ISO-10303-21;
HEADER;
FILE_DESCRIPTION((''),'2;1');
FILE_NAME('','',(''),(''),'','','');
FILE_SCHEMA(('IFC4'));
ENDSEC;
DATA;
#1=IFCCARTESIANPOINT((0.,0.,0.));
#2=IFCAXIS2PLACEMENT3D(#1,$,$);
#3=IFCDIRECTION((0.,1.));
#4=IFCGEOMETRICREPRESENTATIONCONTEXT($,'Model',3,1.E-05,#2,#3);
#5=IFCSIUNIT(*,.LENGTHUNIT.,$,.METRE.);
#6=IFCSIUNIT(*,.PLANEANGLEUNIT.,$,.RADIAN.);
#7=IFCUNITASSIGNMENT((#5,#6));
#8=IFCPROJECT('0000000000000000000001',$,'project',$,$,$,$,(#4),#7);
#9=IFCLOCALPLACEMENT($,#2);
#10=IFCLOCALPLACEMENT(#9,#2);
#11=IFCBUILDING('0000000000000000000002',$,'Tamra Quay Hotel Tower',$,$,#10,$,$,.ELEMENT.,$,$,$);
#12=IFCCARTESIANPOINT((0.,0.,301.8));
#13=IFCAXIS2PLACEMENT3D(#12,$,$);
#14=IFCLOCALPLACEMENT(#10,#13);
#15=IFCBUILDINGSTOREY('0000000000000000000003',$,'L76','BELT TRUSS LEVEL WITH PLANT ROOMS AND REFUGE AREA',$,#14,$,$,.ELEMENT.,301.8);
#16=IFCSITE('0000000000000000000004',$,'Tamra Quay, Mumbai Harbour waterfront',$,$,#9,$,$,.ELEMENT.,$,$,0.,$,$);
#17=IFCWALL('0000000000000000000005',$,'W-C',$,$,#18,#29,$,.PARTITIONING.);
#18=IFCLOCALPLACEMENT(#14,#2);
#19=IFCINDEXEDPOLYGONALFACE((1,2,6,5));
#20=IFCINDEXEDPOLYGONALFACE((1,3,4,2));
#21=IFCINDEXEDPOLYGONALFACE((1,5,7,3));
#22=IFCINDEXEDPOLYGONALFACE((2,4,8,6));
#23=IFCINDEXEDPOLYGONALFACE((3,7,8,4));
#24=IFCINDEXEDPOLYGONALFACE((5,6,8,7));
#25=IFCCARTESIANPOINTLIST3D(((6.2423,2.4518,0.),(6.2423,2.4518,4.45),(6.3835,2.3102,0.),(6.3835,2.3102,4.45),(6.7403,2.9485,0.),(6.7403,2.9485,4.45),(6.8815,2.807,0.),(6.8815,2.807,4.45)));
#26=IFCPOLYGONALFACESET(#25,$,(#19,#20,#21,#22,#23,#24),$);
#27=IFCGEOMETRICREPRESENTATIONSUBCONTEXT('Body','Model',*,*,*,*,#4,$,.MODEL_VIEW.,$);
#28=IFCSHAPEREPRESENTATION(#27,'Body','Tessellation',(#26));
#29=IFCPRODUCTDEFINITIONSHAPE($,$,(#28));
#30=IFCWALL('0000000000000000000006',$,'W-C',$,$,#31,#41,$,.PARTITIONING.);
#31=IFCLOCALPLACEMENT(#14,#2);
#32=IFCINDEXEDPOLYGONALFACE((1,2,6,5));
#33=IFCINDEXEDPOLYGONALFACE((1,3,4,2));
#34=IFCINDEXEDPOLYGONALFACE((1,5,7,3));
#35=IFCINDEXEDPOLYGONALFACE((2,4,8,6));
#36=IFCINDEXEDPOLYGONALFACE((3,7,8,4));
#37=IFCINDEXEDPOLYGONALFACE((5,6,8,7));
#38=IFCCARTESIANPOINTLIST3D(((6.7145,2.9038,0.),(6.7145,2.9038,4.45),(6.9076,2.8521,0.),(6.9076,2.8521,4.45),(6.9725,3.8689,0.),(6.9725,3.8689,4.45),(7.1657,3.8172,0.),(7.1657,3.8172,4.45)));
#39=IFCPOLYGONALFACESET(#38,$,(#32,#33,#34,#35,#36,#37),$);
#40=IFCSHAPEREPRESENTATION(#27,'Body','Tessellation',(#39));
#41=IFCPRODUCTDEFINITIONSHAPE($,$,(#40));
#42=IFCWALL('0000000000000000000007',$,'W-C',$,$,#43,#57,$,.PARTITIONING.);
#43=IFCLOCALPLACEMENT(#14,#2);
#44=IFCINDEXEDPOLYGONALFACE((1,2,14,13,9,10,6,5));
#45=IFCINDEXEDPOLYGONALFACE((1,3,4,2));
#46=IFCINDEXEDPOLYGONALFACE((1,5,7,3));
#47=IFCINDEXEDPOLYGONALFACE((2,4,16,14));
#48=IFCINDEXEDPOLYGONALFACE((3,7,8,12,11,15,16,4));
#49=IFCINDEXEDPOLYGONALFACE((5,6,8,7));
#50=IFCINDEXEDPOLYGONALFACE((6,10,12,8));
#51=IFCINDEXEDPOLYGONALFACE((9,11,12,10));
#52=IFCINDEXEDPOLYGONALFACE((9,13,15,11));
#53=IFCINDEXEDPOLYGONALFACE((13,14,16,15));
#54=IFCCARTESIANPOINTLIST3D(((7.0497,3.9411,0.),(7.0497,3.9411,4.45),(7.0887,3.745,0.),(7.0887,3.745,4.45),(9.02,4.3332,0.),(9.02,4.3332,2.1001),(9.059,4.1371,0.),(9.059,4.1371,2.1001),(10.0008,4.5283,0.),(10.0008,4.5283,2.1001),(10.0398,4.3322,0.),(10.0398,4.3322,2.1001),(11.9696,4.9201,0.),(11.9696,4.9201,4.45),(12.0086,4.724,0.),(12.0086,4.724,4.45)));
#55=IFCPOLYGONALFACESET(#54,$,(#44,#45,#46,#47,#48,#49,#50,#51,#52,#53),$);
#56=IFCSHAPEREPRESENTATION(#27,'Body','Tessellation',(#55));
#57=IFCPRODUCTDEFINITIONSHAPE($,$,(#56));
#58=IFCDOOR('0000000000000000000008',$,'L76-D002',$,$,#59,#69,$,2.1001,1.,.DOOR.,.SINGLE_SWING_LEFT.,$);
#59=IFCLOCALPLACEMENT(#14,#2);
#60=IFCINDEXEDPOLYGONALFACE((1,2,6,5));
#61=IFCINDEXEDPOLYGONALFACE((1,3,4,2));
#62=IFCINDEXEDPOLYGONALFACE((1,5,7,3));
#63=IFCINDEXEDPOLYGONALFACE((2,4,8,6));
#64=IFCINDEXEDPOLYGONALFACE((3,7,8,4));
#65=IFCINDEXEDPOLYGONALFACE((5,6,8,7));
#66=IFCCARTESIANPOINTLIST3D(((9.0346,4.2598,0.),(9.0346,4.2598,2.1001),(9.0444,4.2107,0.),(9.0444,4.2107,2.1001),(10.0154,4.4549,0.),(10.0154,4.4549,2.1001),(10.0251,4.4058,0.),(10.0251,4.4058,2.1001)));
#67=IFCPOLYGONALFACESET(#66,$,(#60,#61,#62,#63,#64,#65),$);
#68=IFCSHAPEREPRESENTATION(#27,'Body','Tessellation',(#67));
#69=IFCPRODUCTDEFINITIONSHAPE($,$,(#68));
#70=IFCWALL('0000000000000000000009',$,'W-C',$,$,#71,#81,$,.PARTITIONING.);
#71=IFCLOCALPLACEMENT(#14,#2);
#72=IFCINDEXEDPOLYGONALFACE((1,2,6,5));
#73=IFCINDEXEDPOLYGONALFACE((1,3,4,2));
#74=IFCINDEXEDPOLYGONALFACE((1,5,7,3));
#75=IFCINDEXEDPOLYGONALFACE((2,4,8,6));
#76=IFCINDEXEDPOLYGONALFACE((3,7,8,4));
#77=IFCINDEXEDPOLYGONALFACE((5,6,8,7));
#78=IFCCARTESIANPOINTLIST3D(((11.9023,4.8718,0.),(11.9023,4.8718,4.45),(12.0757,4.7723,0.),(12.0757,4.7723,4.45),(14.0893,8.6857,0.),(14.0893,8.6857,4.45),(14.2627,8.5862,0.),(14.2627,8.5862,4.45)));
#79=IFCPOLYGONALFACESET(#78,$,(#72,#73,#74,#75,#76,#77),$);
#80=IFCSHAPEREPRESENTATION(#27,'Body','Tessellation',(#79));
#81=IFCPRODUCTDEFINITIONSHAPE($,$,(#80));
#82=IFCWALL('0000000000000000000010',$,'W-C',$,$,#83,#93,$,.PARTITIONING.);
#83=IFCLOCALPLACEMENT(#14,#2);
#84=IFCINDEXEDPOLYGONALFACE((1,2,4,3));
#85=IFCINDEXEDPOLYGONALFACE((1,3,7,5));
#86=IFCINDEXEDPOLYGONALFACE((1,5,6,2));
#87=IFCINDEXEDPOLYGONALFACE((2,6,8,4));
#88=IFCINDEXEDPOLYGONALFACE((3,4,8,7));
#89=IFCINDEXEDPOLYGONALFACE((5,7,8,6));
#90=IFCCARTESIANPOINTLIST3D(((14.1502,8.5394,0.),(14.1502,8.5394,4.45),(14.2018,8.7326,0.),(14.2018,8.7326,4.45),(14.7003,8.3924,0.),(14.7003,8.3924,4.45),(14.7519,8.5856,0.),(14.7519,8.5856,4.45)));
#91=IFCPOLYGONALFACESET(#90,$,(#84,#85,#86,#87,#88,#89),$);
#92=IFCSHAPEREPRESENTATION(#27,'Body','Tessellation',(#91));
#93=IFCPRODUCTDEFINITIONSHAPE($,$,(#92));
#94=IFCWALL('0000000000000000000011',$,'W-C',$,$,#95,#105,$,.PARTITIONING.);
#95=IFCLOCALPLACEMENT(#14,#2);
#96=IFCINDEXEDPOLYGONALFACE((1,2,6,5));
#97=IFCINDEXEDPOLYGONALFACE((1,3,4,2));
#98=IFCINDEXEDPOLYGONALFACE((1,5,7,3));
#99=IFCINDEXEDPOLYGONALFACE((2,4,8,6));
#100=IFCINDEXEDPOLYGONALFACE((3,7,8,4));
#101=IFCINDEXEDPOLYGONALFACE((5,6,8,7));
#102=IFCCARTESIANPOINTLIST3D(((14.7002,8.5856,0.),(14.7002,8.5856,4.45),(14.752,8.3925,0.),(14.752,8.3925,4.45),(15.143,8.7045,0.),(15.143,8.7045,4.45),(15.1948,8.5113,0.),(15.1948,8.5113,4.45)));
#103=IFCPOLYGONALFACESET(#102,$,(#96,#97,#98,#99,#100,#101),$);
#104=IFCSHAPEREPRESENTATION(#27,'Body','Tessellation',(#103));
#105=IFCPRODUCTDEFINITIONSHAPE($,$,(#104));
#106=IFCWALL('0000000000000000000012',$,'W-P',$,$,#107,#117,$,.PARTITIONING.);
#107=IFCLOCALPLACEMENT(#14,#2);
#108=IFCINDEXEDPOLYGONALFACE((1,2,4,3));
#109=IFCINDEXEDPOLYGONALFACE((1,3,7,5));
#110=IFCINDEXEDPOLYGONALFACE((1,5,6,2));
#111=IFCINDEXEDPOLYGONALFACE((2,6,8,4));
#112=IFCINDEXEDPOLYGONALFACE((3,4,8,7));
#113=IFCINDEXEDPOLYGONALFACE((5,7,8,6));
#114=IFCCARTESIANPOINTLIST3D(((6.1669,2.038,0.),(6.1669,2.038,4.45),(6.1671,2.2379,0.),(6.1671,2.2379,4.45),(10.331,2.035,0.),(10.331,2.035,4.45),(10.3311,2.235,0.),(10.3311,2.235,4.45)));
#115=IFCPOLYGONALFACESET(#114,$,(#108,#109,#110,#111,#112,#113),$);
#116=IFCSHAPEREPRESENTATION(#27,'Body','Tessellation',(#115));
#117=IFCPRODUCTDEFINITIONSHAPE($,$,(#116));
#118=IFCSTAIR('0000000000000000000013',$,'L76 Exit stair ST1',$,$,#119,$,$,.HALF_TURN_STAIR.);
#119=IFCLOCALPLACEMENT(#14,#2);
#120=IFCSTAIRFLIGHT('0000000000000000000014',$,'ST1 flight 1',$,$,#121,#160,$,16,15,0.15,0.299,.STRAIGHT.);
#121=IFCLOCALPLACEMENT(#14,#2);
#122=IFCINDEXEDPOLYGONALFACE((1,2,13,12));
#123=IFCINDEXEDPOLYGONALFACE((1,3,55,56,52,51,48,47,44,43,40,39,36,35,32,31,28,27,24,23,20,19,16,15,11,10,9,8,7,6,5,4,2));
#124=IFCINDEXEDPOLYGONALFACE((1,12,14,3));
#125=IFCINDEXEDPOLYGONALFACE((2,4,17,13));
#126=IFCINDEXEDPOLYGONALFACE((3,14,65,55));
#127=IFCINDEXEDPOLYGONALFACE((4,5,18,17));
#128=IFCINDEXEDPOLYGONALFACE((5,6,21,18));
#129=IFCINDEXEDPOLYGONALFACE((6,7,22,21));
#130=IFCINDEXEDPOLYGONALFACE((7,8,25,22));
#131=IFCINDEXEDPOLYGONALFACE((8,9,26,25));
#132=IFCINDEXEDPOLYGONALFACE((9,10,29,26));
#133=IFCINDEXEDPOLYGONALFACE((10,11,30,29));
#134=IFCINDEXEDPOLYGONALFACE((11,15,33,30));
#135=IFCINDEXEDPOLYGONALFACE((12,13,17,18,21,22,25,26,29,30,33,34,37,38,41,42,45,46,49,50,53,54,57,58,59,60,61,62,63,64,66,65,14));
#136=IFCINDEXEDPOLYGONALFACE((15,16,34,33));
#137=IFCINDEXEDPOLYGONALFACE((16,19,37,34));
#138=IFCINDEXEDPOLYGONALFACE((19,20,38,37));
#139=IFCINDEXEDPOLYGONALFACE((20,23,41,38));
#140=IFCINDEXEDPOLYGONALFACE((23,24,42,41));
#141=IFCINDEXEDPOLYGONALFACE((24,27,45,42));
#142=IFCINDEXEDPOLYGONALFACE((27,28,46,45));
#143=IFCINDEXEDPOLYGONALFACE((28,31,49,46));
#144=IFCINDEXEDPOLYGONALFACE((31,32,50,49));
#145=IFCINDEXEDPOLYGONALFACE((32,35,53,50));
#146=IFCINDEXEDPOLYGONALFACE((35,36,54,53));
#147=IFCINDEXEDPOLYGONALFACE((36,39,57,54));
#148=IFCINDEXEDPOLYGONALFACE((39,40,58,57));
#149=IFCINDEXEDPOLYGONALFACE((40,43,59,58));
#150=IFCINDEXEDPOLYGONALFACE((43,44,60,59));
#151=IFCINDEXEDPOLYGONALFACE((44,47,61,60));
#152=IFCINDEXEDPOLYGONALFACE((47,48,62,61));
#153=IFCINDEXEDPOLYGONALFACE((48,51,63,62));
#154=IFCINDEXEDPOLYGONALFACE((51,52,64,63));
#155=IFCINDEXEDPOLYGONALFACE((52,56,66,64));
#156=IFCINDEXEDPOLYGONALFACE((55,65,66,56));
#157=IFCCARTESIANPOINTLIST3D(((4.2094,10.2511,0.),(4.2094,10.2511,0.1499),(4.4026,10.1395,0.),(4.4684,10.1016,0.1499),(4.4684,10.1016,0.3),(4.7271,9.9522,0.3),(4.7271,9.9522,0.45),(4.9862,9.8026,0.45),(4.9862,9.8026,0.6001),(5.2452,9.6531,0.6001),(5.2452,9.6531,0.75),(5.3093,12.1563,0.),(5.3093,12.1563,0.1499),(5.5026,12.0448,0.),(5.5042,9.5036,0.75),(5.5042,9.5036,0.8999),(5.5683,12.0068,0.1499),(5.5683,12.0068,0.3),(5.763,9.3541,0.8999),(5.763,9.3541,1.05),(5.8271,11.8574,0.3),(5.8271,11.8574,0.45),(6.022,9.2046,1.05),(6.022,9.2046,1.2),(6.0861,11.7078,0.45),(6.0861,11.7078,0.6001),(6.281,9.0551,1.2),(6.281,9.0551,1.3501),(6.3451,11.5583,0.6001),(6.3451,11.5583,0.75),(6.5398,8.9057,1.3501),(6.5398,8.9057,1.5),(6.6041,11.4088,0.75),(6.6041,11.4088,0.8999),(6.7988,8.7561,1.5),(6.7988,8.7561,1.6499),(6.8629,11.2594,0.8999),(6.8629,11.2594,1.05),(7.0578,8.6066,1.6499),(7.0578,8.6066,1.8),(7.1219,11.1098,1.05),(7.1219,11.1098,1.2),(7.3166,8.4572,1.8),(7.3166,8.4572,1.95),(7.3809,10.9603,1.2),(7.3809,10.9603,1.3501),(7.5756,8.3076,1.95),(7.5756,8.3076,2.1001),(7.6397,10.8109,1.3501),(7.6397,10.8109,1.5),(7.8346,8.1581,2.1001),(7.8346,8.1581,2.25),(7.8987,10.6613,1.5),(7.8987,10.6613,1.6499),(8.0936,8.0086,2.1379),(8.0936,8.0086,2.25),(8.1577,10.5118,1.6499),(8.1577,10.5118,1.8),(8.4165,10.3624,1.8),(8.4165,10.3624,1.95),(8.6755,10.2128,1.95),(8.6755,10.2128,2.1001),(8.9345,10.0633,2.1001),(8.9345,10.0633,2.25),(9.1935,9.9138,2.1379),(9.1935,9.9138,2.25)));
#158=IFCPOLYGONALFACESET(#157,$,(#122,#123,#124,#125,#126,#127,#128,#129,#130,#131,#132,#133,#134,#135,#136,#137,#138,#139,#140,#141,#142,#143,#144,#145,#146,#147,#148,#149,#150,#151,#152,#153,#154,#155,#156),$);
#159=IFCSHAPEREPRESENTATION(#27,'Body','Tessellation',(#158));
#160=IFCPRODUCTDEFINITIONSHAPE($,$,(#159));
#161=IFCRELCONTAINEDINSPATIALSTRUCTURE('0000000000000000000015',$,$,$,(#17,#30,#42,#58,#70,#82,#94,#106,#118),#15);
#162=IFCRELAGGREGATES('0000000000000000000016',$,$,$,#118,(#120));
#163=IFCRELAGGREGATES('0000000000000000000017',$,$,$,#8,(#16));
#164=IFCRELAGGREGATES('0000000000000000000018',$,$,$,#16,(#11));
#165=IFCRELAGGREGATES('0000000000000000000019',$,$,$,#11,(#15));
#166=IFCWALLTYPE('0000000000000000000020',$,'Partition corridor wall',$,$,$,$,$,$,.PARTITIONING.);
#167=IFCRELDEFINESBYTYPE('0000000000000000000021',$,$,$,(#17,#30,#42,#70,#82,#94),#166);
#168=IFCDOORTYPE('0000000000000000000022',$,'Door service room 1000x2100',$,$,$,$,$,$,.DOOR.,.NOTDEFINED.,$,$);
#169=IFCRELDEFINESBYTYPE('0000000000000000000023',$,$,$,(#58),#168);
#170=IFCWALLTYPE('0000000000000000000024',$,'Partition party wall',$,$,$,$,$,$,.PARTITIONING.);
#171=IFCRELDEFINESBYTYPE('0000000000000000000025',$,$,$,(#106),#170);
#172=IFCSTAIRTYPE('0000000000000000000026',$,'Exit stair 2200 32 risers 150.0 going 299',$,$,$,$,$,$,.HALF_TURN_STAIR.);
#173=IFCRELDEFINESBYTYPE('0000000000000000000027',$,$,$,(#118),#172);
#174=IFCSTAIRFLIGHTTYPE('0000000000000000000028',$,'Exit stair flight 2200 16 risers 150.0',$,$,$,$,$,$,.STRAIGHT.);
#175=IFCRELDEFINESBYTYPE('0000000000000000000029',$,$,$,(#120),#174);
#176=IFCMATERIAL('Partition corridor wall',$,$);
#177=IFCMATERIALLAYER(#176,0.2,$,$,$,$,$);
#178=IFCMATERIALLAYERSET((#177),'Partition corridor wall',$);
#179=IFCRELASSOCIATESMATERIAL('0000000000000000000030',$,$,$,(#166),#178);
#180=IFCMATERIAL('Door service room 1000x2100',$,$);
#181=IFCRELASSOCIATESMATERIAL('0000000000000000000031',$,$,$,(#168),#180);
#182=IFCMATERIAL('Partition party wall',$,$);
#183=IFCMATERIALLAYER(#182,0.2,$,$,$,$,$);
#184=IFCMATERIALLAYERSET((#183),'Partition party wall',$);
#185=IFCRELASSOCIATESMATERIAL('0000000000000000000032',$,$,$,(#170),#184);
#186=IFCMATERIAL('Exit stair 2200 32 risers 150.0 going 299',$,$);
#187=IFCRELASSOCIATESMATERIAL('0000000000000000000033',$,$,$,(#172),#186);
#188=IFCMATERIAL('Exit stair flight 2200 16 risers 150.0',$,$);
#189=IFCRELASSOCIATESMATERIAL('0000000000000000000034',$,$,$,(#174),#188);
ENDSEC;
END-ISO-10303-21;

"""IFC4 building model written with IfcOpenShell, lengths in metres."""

from ifc_helpers import new_model, si_unit, direction, frame, frame_2d, origin, place, context, subcontext, project, spatial, polyline, rectangle, outline, extrude, material, layer, layer_set, type_object, element, fill, aggregate, save


model = new_model("IFC4")

# Units and contexts
model_context = context("Model", 3, precision=1e-05, world=origin(), true_north=direction((0.0, 1.0)))
body_context = subcontext(model_context, "Body", "Model", "MODEL_VIEW")
ifc_project = project(units=[si_unit("LENGTHUNIT", "METRE"), si_unit("PLANEANGLEUNIT", "RADIAN")], contexts=[model_context])

# Site, building, storey
site_placement = place(None, origin())
site = spatial("IfcSite", under=ifc_project, at=site_placement, Name="Tamra Quay, Mumbai Harbour waterfront", CompositionType="ELEMENT", RefElevation=0.0)
building_placement = place(site_placement, origin())
building = spatial("IfcBuilding", under=site, at=building_placement, Name="Tamra Quay Hotel Tower", CompositionType="ELEMENT")
storey_placement = place(building_placement, frame((0.0, 0.0, 301.8)))
storey = spatial("IfcBuildingStorey", under=building, at=storey_placement, Name="L76", Description="BELT TRUSS LEVEL WITH PLANT ROOMS AND REFUGE AREA", CompositionType="ELEMENT", Elevation=301.8)

# Walls
ifc_material_1 = material(Name="Partition corridor wall")
ifc_layer_1 = layer(ifc_material_1, 0.2)
ifc_layer_set_1 = layer_set([ifc_layer_1], Name="Partition corridor wall")
wall_type_1 = type_object("IfcWallType", Name="Partition corridor wall", PredefinedType="PARTITIONING", material=ifc_layer_set_1)
wall_1_placement = place(storey_placement, frame((6.313, 2.3811, 0.0), z_axis=(0.0, 0.0, 1.0), x_axis=(0.707974, 0.706239, 0.0)))
element("IfcWall", 1, at=wall_1_placement, inside=storey, type_object=wall_type_1, Name="W-C", PredefinedType="PARTITIONING", context=body_context, shape_type="SweptSolid", body=[
    extrude(rectangle(XDim=0.7034, YDim=0.2, at=frame_2d((0.3516, 0.0))), origin(), (0.0, 0.0, 1.0), 4.45),
])
wall_2_placement = place(storey_placement, frame((6.811, 2.8779, 0.0), z_axis=(0.0, 0.0, 1.0), x_axis=(0.258317, 0.96606, 0.0)))
element("IfcWall", 2, at=wall_2_placement, inside=storey, type_object=wall_type_1, Name="W-C", PredefinedType="PARTITIONING", context=body_context, shape_type="SweptSolid", body=[
    extrude(rectangle(XDim=0.999, YDim=0.2, at=frame_2d((0.4995, 0.0))), origin(), (0.0, 0.0, 1.0), 4.45),
])

# Wall, opening, door
wall_3_placement = place(storey_placement, frame((7.0691, 3.843, 0.0), z_axis=(0.0, 0.0, 1.0), x_axis=(0.980771, 0.195161, 0.0)))
wall_3 = element("IfcWall", 3, at=wall_3_placement, inside=storey, type_object=wall_type_1, Name="W-C", PredefinedType="PARTITIONING", context=body_context, shape_type="SweptSolid", body=[
    extrude(rectangle(XDim=5.0164, YDim=0.2, at=frame_2d((2.5083, 0.0))), origin(), (0.0, 0.0, 1.0), 4.45),
])
opening_1_placement = place(wall_3_placement, frame((2.009, 0.0, 0.0)))
opening_1 = element("IfcOpeningElement", 4, at=opening_1_placement, cuts=wall_3, PredefinedType="OPENING", context=body_context, shape_type="SweptSolid", body=[
    extrude(rectangle(XDim=1.0, YDim=2.1001, at=frame_2d((0.5, 1.05))), frame((0.0, 0.1099, 0.0), z_axis=(0.0, -1.0, 0.0), x_axis=(1.0, 0.0, 0.0)), (0.0, 0.0, 1.0), 0.22),
])
ifc_material_2 = material(Name="Door service room 1000x2100")
door_type_1 = type_object("IfcDoorType", Name="Door service room 1000x2100", OperationType="NOTDEFINED", PredefinedType="DOOR", material=ifc_material_2)
door_1_placement = place(opening_1_placement, frame((1.0, 0.0, 0.0), z_axis=(0.0, 0.0, 1.0), x_axis=(-1.0, 0.0, 0.0)))
door_1 = element("IfcDoor", 5, at=door_1_placement, inside=storey, type_object=door_type_1, Name="L76-D002", OperationType="SINGLE_SWING_LEFT", OverallHeight=2.1001, OverallWidth=1.0, PredefinedType="DOOR", context=body_context, shape_type="SweptSolid", body=[
    extrude(rectangle(XDim=1.0, YDim=2.1001, at=frame_2d((0.5, 1.05))), frame((0.0, 0.0249, 0.0), z_axis=(0.0, -1.0, 0.0), x_axis=(1.0, 0.0, 0.0)), (0.0, 0.0, 1.0), 0.05),
])
fill(opening_1, door_1)

# Walls
wall_4_placement = place(storey_placement, frame((11.989, 4.822, 0.0), z_axis=(0.0, 0.0, 1.0), x_axis=(0.497442, 0.867497, 0.0)))
element("IfcWall", 6, at=wall_4_placement, inside=storey, type_object=wall_type_1, Name="W-C", PredefinedType="PARTITIONING", context=body_context, shape_type="SweptSolid", body=[
    extrude(rectangle(XDim=4.3965, YDim=0.2, at=frame_2d((2.1982, 0.0))), origin(), (0.0, 0.0, 1.0), 4.45),
])
wall_5_placement = place(storey_placement, frame((14.176, 8.636, 0.0), z_axis=(0.0, 0.0, 1.0), x_axis=(0.966107, -0.258143, 0.0)))
element("IfcWall", 7, at=wall_5_placement, inside=storey, type_object=wall_type_1, Name="W-C", PredefinedType="PARTITIONING", context=body_context, shape_type="SweptSolid", body=[
    extrude(rectangle(XDim=0.5693, YDim=0.2, at=frame_2d((0.2847, 0.0))), origin(), (0.0, 0.0, 1.0), 4.45),
])
wall_6_placement = place(storey_placement, frame((14.7261, 8.489, 0.0), z_axis=(0.0, 0.0, 1.0), x_axis=(0.965801, 0.259286, 0.0)))
element("IfcWall", 8, at=wall_6_placement, inside=storey, type_object=wall_type_1, Name="W-C", PredefinedType="PARTITIONING", context=body_context, shape_type="SweptSolid", body=[
    extrude(rectangle(XDim=0.4585, YDim=0.2, at=frame_2d((0.2292, 0.0))), origin(), (0.0, 0.0, 1.0), 4.45),
])
ifc_material_3 = material(Name="Partition party wall")
ifc_layer_2 = layer(ifc_material_3, 0.2)
ifc_layer_set_2 = layer_set([ifc_layer_2], Name="Partition party wall")
wall_type_2 = type_object("IfcWallType", Name="Partition party wall", PredefinedType="PARTITIONING", material=ifc_layer_set_2)
wall_7_placement = place(storey_placement, frame((6.167, 2.1379, 0.0), z_axis=(0.0, 0.0, 1.0), x_axis=(1.0, -0.000704, 0.0)))
element("IfcWall", 9, at=wall_7_placement, inside=storey, type_object=wall_type_2, Name="W-P", PredefinedType="PARTITIONING", context=body_context, shape_type="SweptSolid", body=[
    extrude(rectangle(XDim=4.1641, YDim=0.2, at=frame_2d((2.082, 0.0))), origin(), (0.0, 0.0, 1.0), 4.45),
])

# Stair, stair flight
ifc_material_4 = material(Name="Exit stair 2200 32 risers 150.0 going 299")
stair_type = type_object("IfcStairType", Name="Exit stair 2200 32 risers 150.0 going 299", PredefinedType="HALF_TURN_STAIR", material=ifc_material_4)
stair_placement = place(storey_placement, origin())
stair = element("IfcStair", 10, at=stair_placement, inside=storey, type_object=stair_type, Name="L76 Exit stair ST1", PredefinedType="HALF_TURN_STAIR")
ifc_material_5 = material(Name="Exit stair flight 2200 16 risers 150.0")
stair_flight_type = type_object("IfcStairFlightType", Name="Exit stair flight 2200 16 risers 150.0", PredefinedType="STRAIGHT", material=ifc_material_5)
stair_flight_1_placement = place(storey_placement, frame((4.7593, 11.2036, 0.0), z_axis=(0.0, 0.0, 1.0), x_axis=(0.866025, -0.5, 0.0)))
stair_flight_1 = element("IfcStairFlight", 11, at=stair_flight_1_placement, type_object=stair_flight_type, Name="ST1 flight 1", NumberOfRisers=16, NumberOfTreads=15, PredefinedType="STRAIGHT", RiserHeight=0.15, TreadLength=0.299, context=body_context, shape_type="SweptSolid", body=[
    extrude(outline(polyline([(0.0, 0.0), (0.0, 0.1499), (0.2991, 0.1499), (0.2991, 0.3), (0.5979, 0.3), (0.5979, 0.45), (0.897, 0.45), (0.897, 0.6001), (1.196, 0.6001), (1.196, 0.75), (1.4951, 0.75), (1.4951, 0.8999), (1.7939, 0.8999), (1.7939, 1.05), (2.093, 1.05), (2.093, 1.2), (2.3921, 1.2), (2.3921, 1.3501), (2.6909, 1.3501), (2.6909, 1.5), (2.99, 1.5), (2.99, 1.6499), (3.2891, 1.6499), (3.2891, 1.8), (3.5879, 1.8), (3.5879, 1.95), (3.887, 1.95), (3.887, 2.1001), (4.186, 2.1001), (4.186, 2.25), (4.4851, 2.25), (4.4851, 2.3999), (4.4851, 2.1379), (0.2231, 0.0), (0.0, 0.0)])), frame((0.0, 1.1001, 0.0), z_axis=(0.0, -1.0, 0.0), x_axis=(1.0, 0.0, 0.0)), (0.0, 0.0, 1.0), 2.2),
])
aggregate(stair, [stair_flight_1])

save(model, "model.ifc")
